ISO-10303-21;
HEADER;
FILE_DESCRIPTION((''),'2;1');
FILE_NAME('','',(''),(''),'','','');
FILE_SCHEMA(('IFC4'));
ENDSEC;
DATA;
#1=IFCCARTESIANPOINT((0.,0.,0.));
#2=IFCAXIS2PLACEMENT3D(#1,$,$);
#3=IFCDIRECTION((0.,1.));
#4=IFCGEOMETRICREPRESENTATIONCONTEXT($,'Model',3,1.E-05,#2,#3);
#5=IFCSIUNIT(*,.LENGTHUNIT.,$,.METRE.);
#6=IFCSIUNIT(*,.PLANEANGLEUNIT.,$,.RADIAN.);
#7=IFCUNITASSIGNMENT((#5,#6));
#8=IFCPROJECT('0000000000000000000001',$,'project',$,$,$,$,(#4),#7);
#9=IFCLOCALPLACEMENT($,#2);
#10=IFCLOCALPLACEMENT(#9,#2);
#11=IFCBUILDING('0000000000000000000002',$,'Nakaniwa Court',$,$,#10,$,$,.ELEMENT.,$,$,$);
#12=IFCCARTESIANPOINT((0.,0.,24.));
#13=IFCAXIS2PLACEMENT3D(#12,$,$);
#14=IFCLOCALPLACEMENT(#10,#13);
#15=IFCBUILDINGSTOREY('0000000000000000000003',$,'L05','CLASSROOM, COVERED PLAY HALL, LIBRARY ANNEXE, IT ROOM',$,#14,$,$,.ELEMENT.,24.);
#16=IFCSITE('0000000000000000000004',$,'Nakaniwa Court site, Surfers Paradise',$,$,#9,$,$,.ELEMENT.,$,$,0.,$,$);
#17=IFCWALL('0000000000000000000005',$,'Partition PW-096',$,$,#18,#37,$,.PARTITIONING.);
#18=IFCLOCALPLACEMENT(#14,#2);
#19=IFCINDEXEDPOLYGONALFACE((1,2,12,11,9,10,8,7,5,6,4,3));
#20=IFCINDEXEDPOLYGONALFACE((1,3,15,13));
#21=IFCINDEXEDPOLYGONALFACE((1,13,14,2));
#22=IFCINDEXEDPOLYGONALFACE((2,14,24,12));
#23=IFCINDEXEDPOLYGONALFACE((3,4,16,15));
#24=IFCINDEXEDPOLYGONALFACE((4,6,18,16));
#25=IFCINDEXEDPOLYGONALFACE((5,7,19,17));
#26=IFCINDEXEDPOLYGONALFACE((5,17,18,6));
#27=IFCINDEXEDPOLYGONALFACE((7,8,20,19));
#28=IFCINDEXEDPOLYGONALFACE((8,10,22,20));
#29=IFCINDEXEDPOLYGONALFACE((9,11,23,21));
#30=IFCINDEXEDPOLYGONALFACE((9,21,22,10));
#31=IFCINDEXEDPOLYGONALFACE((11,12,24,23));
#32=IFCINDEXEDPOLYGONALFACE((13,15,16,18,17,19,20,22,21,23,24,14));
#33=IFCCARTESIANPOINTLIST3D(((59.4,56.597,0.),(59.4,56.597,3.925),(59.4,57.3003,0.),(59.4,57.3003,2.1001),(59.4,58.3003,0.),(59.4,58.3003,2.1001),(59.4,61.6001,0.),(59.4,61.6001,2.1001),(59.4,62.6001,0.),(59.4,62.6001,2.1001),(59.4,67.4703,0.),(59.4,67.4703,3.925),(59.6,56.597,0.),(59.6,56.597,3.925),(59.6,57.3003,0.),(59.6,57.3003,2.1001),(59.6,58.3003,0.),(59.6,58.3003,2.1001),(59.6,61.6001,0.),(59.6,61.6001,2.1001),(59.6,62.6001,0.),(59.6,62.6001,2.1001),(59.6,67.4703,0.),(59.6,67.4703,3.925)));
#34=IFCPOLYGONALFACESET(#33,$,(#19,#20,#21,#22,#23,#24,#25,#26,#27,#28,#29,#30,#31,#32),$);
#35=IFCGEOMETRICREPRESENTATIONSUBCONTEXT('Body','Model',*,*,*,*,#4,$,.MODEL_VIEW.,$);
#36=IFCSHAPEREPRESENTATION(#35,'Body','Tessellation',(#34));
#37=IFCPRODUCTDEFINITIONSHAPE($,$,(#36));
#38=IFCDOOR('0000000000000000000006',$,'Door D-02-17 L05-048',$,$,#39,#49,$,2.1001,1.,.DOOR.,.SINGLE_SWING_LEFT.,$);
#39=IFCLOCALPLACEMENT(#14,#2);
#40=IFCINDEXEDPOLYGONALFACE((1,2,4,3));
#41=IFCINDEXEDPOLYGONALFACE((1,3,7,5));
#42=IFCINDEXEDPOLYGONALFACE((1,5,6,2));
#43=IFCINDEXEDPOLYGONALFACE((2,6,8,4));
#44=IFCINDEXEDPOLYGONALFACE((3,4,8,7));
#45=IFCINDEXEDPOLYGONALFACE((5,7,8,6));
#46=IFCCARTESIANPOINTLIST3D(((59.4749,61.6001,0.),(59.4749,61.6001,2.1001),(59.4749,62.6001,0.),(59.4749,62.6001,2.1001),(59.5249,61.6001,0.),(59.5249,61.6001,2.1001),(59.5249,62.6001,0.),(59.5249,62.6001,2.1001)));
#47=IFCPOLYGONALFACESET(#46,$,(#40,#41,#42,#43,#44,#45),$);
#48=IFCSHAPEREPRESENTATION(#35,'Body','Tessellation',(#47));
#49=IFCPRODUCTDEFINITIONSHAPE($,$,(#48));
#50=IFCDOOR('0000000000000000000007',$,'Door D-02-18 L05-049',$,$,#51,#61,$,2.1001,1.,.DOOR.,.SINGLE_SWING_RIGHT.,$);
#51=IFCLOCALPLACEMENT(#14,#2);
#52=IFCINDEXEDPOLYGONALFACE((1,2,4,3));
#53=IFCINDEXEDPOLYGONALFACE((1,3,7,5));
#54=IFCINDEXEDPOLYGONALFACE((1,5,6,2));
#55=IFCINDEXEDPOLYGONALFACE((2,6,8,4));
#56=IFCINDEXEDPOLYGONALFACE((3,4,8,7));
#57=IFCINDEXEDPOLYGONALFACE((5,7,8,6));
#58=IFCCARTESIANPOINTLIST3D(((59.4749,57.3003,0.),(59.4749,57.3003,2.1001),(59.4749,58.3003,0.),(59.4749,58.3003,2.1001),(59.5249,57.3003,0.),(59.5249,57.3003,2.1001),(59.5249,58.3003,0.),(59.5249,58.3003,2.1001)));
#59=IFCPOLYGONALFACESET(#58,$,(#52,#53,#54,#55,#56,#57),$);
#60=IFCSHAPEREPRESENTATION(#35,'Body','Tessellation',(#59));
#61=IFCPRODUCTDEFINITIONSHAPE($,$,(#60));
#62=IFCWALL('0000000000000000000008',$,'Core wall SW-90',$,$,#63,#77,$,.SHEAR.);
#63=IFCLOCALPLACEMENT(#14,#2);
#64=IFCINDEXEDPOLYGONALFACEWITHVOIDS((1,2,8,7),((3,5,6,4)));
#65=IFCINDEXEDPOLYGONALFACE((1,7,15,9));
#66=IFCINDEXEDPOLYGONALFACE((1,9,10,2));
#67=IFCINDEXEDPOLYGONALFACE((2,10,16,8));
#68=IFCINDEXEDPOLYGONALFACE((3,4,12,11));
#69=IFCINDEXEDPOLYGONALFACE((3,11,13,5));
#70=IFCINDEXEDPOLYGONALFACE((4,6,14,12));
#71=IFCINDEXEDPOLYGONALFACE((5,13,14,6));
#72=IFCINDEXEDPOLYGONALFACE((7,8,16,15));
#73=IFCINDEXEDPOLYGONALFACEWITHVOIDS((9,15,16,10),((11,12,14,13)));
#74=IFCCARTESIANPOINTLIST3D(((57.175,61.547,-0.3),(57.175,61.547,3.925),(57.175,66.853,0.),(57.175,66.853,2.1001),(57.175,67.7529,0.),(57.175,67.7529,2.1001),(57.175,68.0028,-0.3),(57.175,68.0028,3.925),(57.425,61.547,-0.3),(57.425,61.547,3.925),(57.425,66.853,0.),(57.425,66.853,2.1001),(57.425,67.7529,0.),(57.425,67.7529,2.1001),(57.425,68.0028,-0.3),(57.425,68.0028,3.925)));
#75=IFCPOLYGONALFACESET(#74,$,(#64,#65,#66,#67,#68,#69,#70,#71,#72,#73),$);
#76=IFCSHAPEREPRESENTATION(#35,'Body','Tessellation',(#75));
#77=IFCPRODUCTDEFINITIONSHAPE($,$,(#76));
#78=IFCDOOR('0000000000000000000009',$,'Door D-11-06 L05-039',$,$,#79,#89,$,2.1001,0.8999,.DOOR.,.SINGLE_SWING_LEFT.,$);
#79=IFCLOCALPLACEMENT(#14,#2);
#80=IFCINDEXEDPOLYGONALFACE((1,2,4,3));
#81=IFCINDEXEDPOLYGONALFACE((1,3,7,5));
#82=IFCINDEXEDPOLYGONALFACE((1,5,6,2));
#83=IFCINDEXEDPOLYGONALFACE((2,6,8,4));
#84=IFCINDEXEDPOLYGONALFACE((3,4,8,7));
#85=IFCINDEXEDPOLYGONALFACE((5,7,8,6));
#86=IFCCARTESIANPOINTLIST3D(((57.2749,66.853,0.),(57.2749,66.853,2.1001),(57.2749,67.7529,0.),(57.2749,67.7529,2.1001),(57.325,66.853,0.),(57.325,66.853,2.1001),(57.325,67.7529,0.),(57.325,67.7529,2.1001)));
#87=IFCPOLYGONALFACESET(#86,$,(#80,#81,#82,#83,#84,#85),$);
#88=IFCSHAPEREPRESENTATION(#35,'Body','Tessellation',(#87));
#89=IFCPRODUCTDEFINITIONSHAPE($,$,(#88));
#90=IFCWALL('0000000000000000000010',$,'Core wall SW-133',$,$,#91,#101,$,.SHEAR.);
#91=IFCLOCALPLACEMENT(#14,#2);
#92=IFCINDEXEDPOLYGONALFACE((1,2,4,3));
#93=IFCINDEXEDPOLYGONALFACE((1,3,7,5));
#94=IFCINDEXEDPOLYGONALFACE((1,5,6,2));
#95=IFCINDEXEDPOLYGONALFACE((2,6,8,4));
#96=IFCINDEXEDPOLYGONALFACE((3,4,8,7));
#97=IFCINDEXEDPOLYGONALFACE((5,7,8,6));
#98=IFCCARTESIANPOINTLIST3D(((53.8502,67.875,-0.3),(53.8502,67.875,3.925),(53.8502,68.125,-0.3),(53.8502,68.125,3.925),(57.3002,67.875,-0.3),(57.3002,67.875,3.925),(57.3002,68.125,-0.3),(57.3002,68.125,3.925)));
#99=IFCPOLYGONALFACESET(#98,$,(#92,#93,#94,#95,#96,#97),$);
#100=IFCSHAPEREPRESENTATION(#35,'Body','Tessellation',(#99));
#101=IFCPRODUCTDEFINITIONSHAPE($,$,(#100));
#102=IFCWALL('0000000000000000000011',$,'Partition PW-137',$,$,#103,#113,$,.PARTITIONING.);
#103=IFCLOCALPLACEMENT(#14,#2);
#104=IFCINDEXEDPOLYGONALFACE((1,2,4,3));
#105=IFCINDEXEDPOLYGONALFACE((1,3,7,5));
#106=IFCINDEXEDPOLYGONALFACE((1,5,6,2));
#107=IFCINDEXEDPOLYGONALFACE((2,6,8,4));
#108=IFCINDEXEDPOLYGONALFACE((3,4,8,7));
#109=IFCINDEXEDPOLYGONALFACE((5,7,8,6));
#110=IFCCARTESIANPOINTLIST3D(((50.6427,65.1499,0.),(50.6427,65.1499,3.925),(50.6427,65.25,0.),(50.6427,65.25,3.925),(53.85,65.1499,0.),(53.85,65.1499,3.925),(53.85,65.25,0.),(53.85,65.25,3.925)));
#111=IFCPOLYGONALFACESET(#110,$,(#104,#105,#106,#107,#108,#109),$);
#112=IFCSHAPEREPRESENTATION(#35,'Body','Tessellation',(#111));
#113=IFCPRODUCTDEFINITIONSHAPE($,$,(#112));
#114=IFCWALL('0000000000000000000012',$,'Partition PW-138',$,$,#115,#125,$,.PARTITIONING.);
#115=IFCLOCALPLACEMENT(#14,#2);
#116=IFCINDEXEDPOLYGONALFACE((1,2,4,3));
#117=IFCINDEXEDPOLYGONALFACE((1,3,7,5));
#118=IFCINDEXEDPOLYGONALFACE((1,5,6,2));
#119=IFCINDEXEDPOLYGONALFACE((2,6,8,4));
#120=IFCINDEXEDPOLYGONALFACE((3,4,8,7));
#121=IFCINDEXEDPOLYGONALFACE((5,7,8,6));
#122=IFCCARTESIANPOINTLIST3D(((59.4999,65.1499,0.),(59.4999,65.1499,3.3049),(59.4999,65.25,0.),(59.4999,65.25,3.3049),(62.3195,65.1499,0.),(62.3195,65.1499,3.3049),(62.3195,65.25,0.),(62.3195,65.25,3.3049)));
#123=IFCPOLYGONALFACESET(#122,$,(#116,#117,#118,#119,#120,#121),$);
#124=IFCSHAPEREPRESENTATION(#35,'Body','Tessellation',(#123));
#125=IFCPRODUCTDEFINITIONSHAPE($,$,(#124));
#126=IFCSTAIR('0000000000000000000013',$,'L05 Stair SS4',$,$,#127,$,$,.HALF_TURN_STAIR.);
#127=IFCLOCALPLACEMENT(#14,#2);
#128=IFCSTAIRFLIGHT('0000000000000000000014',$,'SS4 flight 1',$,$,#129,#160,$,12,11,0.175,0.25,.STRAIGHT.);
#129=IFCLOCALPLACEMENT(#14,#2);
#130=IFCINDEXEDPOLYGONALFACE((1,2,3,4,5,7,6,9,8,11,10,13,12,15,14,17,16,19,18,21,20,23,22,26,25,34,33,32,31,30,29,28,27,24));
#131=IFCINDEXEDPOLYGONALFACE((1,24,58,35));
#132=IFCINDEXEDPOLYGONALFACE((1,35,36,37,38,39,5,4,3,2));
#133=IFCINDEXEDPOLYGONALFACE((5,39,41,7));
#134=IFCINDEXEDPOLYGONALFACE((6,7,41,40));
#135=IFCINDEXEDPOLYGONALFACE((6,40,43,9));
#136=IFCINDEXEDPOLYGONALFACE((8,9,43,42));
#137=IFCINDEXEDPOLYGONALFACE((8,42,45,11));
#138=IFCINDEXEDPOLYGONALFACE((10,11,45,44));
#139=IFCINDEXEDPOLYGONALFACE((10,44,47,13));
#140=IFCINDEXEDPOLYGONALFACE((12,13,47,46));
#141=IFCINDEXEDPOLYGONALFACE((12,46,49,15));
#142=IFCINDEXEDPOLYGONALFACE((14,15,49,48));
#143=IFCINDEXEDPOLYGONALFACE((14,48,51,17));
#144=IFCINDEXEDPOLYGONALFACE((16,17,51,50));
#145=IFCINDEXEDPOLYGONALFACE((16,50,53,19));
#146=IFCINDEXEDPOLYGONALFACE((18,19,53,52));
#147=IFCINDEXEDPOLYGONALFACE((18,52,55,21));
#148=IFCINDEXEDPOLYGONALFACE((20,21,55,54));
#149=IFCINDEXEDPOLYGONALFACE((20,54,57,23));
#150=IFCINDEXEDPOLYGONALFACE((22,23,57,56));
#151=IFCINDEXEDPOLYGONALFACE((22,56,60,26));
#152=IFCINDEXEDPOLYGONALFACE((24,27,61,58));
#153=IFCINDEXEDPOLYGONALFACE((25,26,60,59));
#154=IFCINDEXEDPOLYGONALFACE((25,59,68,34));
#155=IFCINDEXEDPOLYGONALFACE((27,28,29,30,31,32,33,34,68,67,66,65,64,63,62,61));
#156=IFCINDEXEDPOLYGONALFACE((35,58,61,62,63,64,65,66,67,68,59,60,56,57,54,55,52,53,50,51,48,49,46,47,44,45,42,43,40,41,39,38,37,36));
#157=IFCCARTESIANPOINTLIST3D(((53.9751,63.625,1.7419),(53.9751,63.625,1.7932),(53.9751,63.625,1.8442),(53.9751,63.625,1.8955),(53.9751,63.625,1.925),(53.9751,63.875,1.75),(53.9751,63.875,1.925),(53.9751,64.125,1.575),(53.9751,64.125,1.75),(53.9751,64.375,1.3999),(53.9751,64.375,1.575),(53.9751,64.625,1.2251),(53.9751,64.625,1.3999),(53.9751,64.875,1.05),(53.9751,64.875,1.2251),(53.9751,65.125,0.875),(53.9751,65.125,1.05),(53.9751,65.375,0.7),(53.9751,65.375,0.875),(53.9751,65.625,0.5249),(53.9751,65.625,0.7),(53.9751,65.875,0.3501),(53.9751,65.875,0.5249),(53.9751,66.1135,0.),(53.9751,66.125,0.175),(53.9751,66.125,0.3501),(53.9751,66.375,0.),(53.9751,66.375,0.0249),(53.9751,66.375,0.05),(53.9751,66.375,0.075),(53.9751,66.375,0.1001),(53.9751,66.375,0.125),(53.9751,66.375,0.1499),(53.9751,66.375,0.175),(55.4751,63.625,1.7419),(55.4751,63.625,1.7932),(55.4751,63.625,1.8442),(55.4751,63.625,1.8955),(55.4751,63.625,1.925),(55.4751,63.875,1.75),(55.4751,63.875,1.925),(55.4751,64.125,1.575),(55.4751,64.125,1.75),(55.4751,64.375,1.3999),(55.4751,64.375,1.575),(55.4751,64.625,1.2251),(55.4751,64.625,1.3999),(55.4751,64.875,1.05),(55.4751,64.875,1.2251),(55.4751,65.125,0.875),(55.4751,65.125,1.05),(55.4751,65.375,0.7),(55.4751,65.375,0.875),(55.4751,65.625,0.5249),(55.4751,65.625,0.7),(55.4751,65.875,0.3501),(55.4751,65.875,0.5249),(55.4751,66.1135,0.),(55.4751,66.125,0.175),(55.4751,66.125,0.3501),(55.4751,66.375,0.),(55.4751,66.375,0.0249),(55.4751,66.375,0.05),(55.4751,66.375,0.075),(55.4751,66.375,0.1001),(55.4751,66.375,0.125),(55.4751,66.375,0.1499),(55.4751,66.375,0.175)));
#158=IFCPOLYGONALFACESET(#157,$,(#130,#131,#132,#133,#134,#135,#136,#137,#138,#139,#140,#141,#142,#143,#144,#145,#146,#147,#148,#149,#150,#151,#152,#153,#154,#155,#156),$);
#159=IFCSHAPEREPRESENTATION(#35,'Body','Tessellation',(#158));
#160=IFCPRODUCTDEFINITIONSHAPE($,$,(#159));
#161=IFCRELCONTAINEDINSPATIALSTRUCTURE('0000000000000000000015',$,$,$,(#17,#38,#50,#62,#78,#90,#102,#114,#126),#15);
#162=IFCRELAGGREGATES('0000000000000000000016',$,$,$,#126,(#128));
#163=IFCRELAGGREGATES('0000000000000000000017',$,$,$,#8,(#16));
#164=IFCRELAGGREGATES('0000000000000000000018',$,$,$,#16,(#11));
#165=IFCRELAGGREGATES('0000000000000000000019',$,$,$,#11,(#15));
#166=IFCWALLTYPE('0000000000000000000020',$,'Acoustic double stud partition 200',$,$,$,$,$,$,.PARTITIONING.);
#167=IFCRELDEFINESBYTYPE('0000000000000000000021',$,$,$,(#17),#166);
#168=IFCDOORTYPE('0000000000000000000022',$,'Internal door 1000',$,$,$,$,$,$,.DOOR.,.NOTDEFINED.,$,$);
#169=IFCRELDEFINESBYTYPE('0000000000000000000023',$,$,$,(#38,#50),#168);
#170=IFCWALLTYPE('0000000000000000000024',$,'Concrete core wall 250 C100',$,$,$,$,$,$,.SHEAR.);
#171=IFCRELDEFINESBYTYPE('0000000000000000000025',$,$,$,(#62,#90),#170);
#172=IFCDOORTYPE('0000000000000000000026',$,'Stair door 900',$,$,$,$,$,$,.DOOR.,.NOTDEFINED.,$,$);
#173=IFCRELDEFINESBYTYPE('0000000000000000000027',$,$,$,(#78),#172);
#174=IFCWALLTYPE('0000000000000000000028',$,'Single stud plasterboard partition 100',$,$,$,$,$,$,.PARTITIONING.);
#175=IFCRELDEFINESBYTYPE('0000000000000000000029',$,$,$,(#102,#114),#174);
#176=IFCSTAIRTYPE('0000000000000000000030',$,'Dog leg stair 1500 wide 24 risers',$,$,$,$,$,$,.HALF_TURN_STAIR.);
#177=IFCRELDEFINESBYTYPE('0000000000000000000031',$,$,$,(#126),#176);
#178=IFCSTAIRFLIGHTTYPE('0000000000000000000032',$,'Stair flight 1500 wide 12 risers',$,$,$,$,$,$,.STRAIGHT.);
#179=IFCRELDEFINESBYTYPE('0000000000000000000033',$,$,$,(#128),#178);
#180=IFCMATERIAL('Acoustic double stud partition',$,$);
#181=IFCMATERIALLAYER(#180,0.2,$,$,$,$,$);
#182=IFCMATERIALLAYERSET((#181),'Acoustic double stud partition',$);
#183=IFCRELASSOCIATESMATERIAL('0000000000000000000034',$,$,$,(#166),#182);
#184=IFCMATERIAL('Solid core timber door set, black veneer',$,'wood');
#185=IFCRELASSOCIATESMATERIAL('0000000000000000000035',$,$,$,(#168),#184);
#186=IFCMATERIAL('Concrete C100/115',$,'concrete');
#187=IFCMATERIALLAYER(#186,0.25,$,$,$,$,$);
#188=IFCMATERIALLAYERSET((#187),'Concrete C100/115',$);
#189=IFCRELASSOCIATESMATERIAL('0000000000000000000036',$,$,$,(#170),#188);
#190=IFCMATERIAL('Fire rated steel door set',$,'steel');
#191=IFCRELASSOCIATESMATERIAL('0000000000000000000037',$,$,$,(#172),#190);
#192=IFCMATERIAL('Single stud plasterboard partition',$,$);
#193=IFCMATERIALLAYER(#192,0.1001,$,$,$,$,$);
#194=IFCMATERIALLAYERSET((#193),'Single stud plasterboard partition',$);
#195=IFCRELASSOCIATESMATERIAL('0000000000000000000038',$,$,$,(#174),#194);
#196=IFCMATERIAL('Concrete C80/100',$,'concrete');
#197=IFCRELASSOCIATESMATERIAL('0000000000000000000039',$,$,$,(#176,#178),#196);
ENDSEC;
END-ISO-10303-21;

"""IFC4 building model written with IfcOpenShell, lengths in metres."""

from ifc_helpers import new_model, si_unit, direction, frame, frame_2d, origin, place, context, subcontext, project, spatial, polyline, rectangle, outline, extrude, material, layer, layer_set, type_object, element, fill, aggregate, save


model = new_model("IFC4")

# Units and contexts
model_context = context("Model", 3, precision=1e-05, world=origin(), true_north=direction((0.0, 1.0)))
body_context = subcontext(model_context, "Body", "Model", "MODEL_VIEW")
ifc_project = project(units=[si_unit("LENGTHUNIT", "METRE"), si_unit("PLANEANGLEUNIT", "RADIAN")], contexts=[model_context])

# Site, building, storey
site_placement = place(None, origin())
site = spatial("IfcSite", under=ifc_project, at=site_placement, Name="Nakaniwa Court site, Surfers Paradise", CompositionType="ELEMENT", RefElevation=0.0)
building_placement = place(site_placement, origin())
building = spatial("IfcBuilding", under=site, at=building_placement, Name="Nakaniwa Court", CompositionType="ELEMENT")
storey_placement = place(building_placement, frame((0.0, 0.0, 24.0)))
storey = spatial("IfcBuildingStorey", under=building, at=storey_placement, Name="L05", Description="CLASSROOM, COVERED PLAY HALL, LIBRARY ANNEXE, IT ROOM", CompositionType="ELEMENT", Elevation=24.0)

# Shared definitions
ifc_material_1 = material(Name="Concrete C100/115", Category="concrete")

# Shared definitions
ifc_material_2 = material(Name="Acoustic double stud partition")
ifc_layer_1 = layer(ifc_material_2, 0.2)
ifc_layer_set_1 = layer_set([ifc_layer_1], Name="Acoustic double stud partition")
wall_type_1 = type_object("IfcWallType", Name="Acoustic double stud partition 200", PredefinedType="PARTITIONING", material=ifc_layer_set_1)
ifc_material_3 = material(Name="Solid core timber door set, black veneer", Category="wood")
door_type_1 = type_object("IfcDoorType", Name="Internal door 1000", OperationType="NOTDEFINED", PredefinedType="DOOR", material=ifc_material_3)

# Wall, openings, doors
wall_1_placement = place(storey_placement, frame((59.5, 67.4702, 0.0), z_axis=(0.0, 0.0, 1.0), x_axis=(0.0, -1.0, 0.0)))
wall_1 = element("IfcWall", 1, at=wall_1_placement, inside=storey, type_object=wall_type_1, Name="Partition PW-096", PredefinedType="PARTITIONING", context=body_context, shape_type="SweptSolid", body=[
    extrude(rectangle(XDim=10.8733, YDim=0.2, at=frame_2d((5.4365, 0.0))), origin(), (0.0, 0.0, 1.0), 3.925),
])
opening_1_placement = place(wall_1_placement, frame((4.8701, 0.0, 0.0)))
opening_1 = element("IfcOpeningElement", 2, at=opening_1_placement, cuts=wall_1, PredefinedType="OPENING", context=body_context, shape_type="SweptSolid", body=[
    extrude(rectangle(XDim=1.0, YDim=2.1001, at=frame_2d((0.5, 1.05))), frame((0.0, 0.1099, 0.0), z_axis=(0.0, -1.0, 0.0), x_axis=(1.0, 0.0, 0.0)), (0.0, 0.0, 1.0), 0.22),
])
opening_2_placement = place(wall_1_placement, frame((9.1699, 0.0, 0.0)))
opening_2 = element("IfcOpeningElement", 3, at=opening_2_placement, cuts=wall_1, PredefinedType="OPENING", context=body_context, shape_type="SweptSolid", body=[
    extrude(rectangle(XDim=1.0, YDim=2.1001, at=frame_2d((0.5, 1.05))), frame((0.0, 0.1099, 0.0), z_axis=(0.0, -1.0, 0.0), x_axis=(1.0, 0.0, 0.0)), (0.0, 0.0, 1.0), 0.22),
])
door_1_placement = place(opening_1_placement, origin())
door_1 = element("IfcDoor", 4, at=door_1_placement, inside=storey, type_object=door_type_1, Name="Door D-02-17 L05-048", OperationType="SINGLE_SWING_LEFT", OverallHeight=2.1001, OverallWidth=1.0, PredefinedType="DOOR", context=body_context, shape_type="SweptSolid", body=[
    extrude(rectangle(XDim=1.0, YDim=2.1001, at=frame_2d((0.5, 1.05))), frame((0.0, 0.0249, 0.0), z_axis=(0.0, -1.0, 0.0), x_axis=(1.0, 0.0, 0.0)), (0.0, 0.0, 1.0), 0.05),
])
fill(opening_1, door_1)
door_2_placement = place(opening_2_placement, origin())
door_2 = element("IfcDoor", 5, at=door_2_placement, inside=storey, type_object=door_type_1, Name="Door D-02-18 L05-049", OperationType="SINGLE_SWING_RIGHT", OverallHeight=2.1001, OverallWidth=1.0, PredefinedType="DOOR", context=body_context, shape_type="SweptSolid", body=[
    extrude(rectangle(XDim=1.0, YDim=2.1001, at=frame_2d((0.5, 1.05))), frame((0.0, 0.0249, 0.0), z_axis=(0.0, -1.0, 0.0), x_axis=(1.0, 0.0, 0.0)), (0.0, 0.0, 1.0), 0.05),
])
fill(opening_2, door_2)

# Wall, opening, door
ifc_layer_2 = layer(ifc_material_1, 0.25)
ifc_layer_set_2 = layer_set([ifc_layer_2], Name="Concrete C100/115")
wall_type_2 = type_object("IfcWallType", Name="Concrete core wall 250 C100", PredefinedType="SHEAR", material=ifc_layer_set_2)
wall_2_placement = place(storey_placement, frame((57.3, 68.0029, -0.3), z_axis=(0.0, 0.0, 1.0), x_axis=(0.0, -1.0, 0.0)))
wall_2 = element("IfcWall", 6, at=wall_2_placement, inside=storey, type_object=wall_type_2, Name="Core wall SW-90", PredefinedType="SHEAR", context=body_context, shape_type="SweptSolid", body=[
    extrude(rectangle(XDim=6.4558, YDim=0.25, at=frame_2d((3.228, 0.0))), origin(), (0.0, 0.0, 1.0), 4.2251),
])
opening_3_placement = place(wall_2_placement, frame((0.25, 0.0, 0.3)))
opening_3 = element("IfcOpeningElement", 7, at=opening_3_placement, cuts=wall_2, PredefinedType="OPENING", context=body_context, shape_type="SweptSolid", body=[
    extrude(rectangle(XDim=0.8999, YDim=2.1001, at=frame_2d((0.45, 1.05))), frame((0.0, 0.135, 0.0), z_axis=(0.0, -1.0, 0.0), x_axis=(1.0, 0.0, 0.0)), (0.0, 0.0, 1.0), 0.27),
])
ifc_material_4 = material(Name="Fire rated steel door set", Category="steel")
door_type_2 = type_object("IfcDoorType", Name="Stair door 900", OperationType="NOTDEFINED", PredefinedType="DOOR", material=ifc_material_4)
door_3_placement = place(opening_3_placement, origin())
door_3 = element("IfcDoor", 8, at=door_3_placement, inside=storey, type_object=door_type_2, Name="Door D-11-06 L05-039", OperationType="SINGLE_SWING_LEFT", OverallHeight=2.1001, OverallWidth=0.8999, PredefinedType="DOOR", context=body_context, shape_type="SweptSolid", body=[
    extrude(rectangle(XDim=0.8999, YDim=2.1001, at=frame_2d((0.45, 1.05))), frame((0.0, 0.0249, 0.0), z_axis=(0.0, -1.0, 0.0), x_axis=(1.0, 0.0, 0.0)), (0.0, 0.0, 1.0), 0.05),
])
fill(opening_3, door_3)

# Walls
wall_3_placement = place(storey_placement, frame((53.8501, 68.0, -0.3), z_axis=(0.0, 0.0, 1.0), x_axis=(1.0, 0.0, 0.0)))
element("IfcWall", 9, at=wall_3_placement, inside=storey, type_object=wall_type_2, Name="Core wall SW-133", PredefinedType="SHEAR", context=body_context, shape_type="SweptSolid", body=[
    extrude(rectangle(XDim=3.45, YDim=0.25, at=frame_2d((1.7251, 0.0))), origin(), (0.0, 0.0, 1.0), 4.2251),
])
ifc_material_5 = material(Name="Single stud plasterboard partition")
ifc_layer_3 = layer(ifc_material_5, 0.1001)
ifc_layer_set_3 = layer_set([ifc_layer_3], Name="Single stud plasterboard partition")
wall_type_3 = type_object("IfcWallType", Name="Single stud plasterboard partition 100", PredefinedType="PARTITIONING", material=ifc_layer_set_3)
wall_4_placement = place(storey_placement, frame((50.6428, 65.2, 0.0), z_axis=(0.0, 0.0, 1.0), x_axis=(1.0, 0.0, 0.0)))
element("IfcWall", 10, at=wall_4_placement, inside=storey, type_object=wall_type_3, Name="Partition PW-137", PredefinedType="PARTITIONING", context=body_context, shape_type="SweptSolid", body=[
    extrude(rectangle(XDim=3.2073, YDim=0.1001, at=frame_2d((1.6035, 0.0))), origin(), (0.0, 0.0, 1.0), 3.925),
])
wall_5_placement = place(storey_placement, frame((59.5, 65.2, 0.0), z_axis=(0.0, 0.0, 1.0), x_axis=(1.0, 0.0, 0.0)))
element("IfcWall", 11, at=wall_5_placement, inside=storey, type_object=wall_type_3, Name="Partition PW-138", PredefinedType="PARTITIONING", context=body_context, shape_type="SweptSolid", body=[
    extrude(rectangle(XDim=2.8196, YDim=0.1001, at=frame_2d((1.4097, 0.0))), origin(), (0.0, 0.0, 1.0), 3.3049),
])

# Stair, stair flight
ifc_material_6 = material(Name="Concrete C80/100", Category="concrete")
stair_type = type_object("IfcStairType", Name="Dog leg stair 1500 wide 24 risers", PredefinedType="HALF_TURN_STAIR", material=ifc_material_6)
stair_placement = place(storey_placement, origin())
stair = element("IfcStair", 12, at=stair_placement, inside=storey, type_object=stair_type, Name="L05 Stair SS4", PredefinedType="HALF_TURN_STAIR")
stair_flight_type = type_object("IfcStairFlightType", Name="Stair flight 1500 wide 12 risers", PredefinedType="STRAIGHT", material=ifc_material_6)
stair_flight_placement = place(storey_placement, frame((54.7251, 66.375, 0.0), z_axis=(0.0, 0.0, 1.0), x_axis=(0.0, -1.0, 0.0)))
stair_flight = element("IfcStairFlight", 13, at=stair_flight_placement, type_object=stair_flight_type, Name="SS4 flight 1", NumberOfRisers=12, NumberOfTreads=11, PredefinedType="STRAIGHT", RiserHeight=0.175, TreadLength=0.25, context=body_context, shape_type="SweptSolid", body=[
    extrude(outline(polyline([(0.0, 0.0), (0.0, 0.0249), (0.0, 0.05), (0.0, 0.075), (0.0, 0.1001), (0.0, 0.125), (0.0, 0.1499), (0.0, 0.175), (0.25, 0.175), (0.25, 0.3501), (0.5, 0.3501), (0.5, 0.5249), (0.75, 0.5249), (0.75, 0.7), (1.0, 0.7), (1.0, 0.875), (1.25, 0.875), (1.25, 1.05), (1.5, 1.05), (1.5, 1.2251), (1.75, 1.2251), (1.75, 1.3999), (2.0, 1.3999), (2.0, 1.575), (2.25, 1.575), (2.25, 1.75), (2.5, 1.75), (2.5, 1.925), (2.75, 1.925), (2.75, 2.1001), (2.75, 2.0488), (2.75, 1.9978), (2.75, 1.9465), (2.75, 1.8955), (2.75, 1.8442), (2.75, 1.7932), (2.75, 1.7419), (0.2615, 0.0), (0.0, 0.0)])), frame((0.0, 0.75, 0.0), z_axis=(0.0, -1.0, 0.0), x_axis=(1.0, 0.0, 0.0)), (0.0, 0.0, 1.0), 1.5),
])
aggregate(stair, [stair_flight])

save(model, "model.ifc")
